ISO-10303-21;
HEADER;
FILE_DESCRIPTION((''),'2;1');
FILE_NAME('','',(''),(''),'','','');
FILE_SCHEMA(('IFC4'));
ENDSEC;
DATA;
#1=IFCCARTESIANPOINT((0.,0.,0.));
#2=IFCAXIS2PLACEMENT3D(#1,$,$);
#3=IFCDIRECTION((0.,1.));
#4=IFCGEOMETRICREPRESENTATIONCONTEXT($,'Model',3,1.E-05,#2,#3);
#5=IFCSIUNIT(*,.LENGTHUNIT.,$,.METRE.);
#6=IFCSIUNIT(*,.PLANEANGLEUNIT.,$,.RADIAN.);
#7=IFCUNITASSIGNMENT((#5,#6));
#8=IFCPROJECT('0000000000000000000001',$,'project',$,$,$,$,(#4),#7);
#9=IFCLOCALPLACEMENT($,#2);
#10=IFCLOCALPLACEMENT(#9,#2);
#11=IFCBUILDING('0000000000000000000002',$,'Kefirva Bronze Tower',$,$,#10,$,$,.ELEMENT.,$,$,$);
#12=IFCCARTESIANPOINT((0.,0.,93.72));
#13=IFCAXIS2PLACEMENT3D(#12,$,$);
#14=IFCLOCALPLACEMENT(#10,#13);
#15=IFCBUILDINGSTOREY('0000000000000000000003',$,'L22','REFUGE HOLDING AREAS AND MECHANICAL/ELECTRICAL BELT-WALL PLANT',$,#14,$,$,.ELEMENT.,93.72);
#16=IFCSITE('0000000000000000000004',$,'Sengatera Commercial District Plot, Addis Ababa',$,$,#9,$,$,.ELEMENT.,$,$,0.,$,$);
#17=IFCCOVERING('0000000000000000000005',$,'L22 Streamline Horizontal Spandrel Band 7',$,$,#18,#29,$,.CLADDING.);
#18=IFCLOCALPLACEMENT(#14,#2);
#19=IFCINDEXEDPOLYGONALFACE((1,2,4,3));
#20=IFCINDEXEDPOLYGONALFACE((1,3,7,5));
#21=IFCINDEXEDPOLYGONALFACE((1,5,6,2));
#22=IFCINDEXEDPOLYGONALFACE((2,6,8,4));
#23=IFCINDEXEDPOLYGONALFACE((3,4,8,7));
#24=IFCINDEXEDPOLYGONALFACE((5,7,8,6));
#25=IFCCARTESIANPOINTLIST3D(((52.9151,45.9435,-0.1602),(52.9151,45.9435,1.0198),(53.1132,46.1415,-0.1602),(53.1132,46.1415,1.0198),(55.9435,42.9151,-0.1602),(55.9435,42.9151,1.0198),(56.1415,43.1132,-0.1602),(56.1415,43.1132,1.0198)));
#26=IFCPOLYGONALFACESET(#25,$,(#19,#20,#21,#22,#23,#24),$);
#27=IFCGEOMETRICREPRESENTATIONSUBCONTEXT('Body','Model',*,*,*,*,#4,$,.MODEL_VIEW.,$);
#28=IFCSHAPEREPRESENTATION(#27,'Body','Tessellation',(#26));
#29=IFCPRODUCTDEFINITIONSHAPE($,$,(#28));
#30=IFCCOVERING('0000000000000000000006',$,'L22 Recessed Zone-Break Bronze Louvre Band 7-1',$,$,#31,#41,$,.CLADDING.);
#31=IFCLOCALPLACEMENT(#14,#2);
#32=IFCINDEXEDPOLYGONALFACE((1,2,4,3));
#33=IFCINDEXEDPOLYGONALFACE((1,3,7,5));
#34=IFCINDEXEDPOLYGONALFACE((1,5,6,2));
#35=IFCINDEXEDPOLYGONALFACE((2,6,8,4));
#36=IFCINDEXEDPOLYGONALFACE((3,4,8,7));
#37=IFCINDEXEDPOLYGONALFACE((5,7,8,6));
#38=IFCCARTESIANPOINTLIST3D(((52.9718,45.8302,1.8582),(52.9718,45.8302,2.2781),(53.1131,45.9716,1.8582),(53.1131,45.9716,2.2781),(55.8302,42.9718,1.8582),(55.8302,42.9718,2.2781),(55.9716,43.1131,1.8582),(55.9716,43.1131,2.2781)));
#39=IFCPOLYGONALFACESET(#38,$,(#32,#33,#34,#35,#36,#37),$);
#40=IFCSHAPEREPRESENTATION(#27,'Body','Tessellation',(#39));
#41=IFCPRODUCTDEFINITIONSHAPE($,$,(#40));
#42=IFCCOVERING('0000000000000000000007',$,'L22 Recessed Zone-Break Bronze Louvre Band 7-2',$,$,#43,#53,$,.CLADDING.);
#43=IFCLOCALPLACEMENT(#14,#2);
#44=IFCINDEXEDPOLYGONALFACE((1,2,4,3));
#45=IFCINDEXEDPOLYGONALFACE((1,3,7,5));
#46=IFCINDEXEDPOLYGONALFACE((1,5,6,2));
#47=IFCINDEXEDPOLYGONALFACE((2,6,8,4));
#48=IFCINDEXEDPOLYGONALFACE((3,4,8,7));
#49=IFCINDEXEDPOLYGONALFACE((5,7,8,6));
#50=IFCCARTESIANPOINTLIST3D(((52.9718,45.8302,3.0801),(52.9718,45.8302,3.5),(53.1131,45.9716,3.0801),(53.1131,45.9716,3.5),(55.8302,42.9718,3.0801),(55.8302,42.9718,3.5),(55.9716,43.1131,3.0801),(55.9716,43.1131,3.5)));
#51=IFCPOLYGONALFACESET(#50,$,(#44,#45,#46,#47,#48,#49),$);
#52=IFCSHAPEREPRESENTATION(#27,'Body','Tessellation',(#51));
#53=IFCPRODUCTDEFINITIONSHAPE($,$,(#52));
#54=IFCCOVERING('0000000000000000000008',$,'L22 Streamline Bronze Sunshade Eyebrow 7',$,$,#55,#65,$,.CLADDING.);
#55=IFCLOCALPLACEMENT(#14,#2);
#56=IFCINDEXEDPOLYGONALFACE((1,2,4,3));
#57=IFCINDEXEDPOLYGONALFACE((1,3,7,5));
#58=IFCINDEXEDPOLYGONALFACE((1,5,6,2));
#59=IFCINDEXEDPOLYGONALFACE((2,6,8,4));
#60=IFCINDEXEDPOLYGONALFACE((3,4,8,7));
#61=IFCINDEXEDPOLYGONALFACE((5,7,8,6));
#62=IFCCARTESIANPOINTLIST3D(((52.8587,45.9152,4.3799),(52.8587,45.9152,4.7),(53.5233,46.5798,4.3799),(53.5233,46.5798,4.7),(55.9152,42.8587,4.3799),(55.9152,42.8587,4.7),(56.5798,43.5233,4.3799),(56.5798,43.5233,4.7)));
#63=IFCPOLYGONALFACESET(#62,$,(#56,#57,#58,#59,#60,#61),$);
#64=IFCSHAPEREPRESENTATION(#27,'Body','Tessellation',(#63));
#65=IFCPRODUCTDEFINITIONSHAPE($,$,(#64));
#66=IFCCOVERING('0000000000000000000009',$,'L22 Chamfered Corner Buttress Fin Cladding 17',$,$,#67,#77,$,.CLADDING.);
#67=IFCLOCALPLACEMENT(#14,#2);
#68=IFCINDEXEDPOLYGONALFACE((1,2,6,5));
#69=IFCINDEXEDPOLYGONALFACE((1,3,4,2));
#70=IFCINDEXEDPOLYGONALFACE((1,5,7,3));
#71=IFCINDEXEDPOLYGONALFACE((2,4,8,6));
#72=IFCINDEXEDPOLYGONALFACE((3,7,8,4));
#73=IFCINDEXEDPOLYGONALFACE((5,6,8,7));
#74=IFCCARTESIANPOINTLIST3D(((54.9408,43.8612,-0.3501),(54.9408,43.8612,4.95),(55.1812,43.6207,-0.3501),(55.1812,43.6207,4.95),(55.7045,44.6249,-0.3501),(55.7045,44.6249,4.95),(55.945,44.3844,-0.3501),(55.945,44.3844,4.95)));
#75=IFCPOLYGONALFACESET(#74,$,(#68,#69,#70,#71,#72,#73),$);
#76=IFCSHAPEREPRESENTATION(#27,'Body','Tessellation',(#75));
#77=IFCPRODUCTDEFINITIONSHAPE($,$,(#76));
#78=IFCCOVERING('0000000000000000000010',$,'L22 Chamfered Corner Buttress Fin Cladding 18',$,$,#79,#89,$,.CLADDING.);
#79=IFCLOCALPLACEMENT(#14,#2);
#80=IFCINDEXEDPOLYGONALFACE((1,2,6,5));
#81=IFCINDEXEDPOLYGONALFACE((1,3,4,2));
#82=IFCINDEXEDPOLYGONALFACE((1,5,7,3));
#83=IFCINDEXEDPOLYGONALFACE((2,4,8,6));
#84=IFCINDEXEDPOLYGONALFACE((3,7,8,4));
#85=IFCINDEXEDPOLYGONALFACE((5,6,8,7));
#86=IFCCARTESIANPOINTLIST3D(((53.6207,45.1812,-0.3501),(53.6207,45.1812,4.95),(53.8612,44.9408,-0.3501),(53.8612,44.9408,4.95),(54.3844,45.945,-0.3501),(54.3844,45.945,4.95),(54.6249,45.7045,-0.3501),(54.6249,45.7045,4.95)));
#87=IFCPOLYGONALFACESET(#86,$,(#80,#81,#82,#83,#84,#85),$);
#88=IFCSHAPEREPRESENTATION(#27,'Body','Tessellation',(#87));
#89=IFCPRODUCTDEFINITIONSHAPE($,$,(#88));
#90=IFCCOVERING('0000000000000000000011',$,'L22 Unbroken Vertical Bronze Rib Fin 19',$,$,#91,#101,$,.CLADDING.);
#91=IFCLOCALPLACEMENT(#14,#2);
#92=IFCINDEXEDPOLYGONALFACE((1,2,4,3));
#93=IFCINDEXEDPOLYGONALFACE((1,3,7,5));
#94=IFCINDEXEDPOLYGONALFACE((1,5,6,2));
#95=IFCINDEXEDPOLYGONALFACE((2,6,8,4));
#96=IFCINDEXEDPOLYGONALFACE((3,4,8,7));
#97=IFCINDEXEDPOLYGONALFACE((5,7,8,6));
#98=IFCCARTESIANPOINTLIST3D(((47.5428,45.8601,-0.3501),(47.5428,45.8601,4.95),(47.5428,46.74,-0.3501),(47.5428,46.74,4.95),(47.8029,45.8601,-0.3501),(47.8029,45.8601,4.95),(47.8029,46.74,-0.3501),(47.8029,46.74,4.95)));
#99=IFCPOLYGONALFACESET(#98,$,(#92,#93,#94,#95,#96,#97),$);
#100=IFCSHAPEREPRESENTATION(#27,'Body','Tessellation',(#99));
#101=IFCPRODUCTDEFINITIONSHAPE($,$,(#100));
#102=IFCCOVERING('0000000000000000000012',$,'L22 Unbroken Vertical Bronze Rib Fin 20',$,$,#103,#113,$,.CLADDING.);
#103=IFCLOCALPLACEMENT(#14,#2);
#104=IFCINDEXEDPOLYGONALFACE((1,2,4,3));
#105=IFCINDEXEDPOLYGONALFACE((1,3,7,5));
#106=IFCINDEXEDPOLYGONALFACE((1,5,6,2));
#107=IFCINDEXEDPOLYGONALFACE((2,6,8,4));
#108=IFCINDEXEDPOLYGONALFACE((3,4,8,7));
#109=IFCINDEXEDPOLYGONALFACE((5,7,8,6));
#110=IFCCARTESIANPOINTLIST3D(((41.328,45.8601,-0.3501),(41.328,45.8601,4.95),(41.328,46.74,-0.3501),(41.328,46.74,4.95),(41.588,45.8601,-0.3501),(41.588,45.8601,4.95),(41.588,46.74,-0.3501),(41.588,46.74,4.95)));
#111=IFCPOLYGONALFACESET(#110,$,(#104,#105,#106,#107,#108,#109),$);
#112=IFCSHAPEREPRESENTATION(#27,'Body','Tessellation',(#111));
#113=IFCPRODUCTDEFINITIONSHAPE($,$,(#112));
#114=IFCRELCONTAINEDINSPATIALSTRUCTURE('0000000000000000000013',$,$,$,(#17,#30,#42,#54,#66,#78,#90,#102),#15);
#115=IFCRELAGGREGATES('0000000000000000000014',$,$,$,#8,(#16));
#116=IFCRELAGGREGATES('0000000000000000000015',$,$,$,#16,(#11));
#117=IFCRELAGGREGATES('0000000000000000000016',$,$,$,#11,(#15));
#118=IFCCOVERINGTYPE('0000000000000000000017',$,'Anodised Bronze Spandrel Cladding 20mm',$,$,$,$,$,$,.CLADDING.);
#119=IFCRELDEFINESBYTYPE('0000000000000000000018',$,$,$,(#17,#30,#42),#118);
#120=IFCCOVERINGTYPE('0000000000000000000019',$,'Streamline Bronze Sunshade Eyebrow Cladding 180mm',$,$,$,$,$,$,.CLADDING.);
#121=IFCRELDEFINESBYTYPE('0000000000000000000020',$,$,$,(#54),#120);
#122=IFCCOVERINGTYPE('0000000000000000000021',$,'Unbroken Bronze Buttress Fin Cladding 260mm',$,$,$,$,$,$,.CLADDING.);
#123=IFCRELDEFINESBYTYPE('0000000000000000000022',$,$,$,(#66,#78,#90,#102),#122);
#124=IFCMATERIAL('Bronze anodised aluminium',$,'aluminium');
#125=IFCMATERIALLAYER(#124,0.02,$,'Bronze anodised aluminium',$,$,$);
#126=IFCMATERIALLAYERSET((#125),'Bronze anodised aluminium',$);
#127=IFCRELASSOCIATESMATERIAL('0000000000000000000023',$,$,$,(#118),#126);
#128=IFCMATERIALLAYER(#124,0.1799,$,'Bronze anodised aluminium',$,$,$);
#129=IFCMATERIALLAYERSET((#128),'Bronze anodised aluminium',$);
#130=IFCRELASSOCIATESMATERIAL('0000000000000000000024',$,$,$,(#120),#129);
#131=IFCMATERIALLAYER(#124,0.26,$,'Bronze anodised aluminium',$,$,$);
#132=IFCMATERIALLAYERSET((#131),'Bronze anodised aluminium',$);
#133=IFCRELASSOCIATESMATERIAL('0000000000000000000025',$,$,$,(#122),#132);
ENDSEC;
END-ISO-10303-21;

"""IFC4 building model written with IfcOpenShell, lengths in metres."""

from ifc_helpers import new_model, si_unit, direction, frame, origin, origin_2d, place, context, subcontext, project, spatial, rectangle, extrude, material, layer, layer_set, type_object, element, save


model = new_model("IFC4")

# Units and contexts
model_context = context("Model", 3, precision=1e-05, world=origin(), true_north=direction((0.0, 1.0)))
body_context = subcontext(model_context, "Body", "Model", "MODEL_VIEW")
ifc_project = project(units=[si_unit("LENGTHUNIT", "METRE"), si_unit("PLANEANGLEUNIT", "RADIAN")], contexts=[model_context])

# Site, building, storey
site_placement = place(None, origin())
site = spatial("IfcSite", under=ifc_project, at=site_placement, Name="Sengatera Commercial District Plot, Addis Ababa", CompositionType="ELEMENT", RefElevation=0.0)
building_placement = place(site_placement, origin())
building = spatial("IfcBuilding", under=site, at=building_placement, Name="Kefirva Bronze Tower", CompositionType="ELEMENT")
storey_placement = place(building_placement, frame((0.0, 0.0, 93.72)))
storey = spatial("IfcBuildingStorey", under=building, at=storey_placement, Name="L22", Description="REFUGE HOLDING AREAS AND MECHANICAL/ELECTRICAL BELT-WALL PLANT", CompositionType="ELEMENT", Elevation=93.72)

# Shared definitions
ifc_material_1 = material(Name="Bronze anodised aluminium", Category="aluminium")

# Coverings
ifc_layer_1 = layer(ifc_material_1, 0.02, Name="Bronze anodised aluminium")
ifc_layer_set_1 = layer_set([ifc_layer_1], Name="Bronze anodised aluminium")
covering_type_1 = type_object("IfcCoveringType", Name="Anodised Bronze Spandrel Cladding 20mm", PredefinedType="CLADDING", material=ifc_layer_set_1)
covering_1_placement = place(storey_placement, frame((54.5283, 44.5283, -0.1602), z_axis=(0.0, 0.0, 1.0), x_axis=(-0.707107, 0.707107, 0.0)))
element("IfcCovering", 1, at=covering_1_placement, inside=storey, type_object=covering_type_1, Name="L22 Streamline Horizontal Spandrel Band 7", PredefinedType="CLADDING", context=body_context, shape_type="SweptSolid", body=[
    extrude(rectangle(XDim=4.2827, YDim=0.28, at=origin_2d()), origin(), (0.0, 0.0, 1.0), 1.1799),
])
for number, where, z_axis, x_axis, name in (
    (2, (54.4717, 44.4717, 1.8582), (0.0, 0.0, 1.0), (-0.707107, 0.707107, 0.0), "L22 Recessed Zone-Break Bronze Louvre Band 7-1"),
    (3, (54.4717, 44.4717, 3.0801), (0.0, 0.0, 1.0), (-0.707107, 0.707107, 0.0), "L22 Recessed Zone-Break Bronze Louvre Band 7-2"),
):
    element("IfcCovering", number, at=place(storey_placement, frame(where, z_axis=z_axis, x_axis=x_axis)), inside=storey, type_object=covering_type_1, Name=name, PredefinedType="CLADDING", context=body_context, shape_type="SweptSolid", body=[
        extrude(rectangle(XDim=4.0425, YDim=0.2, at=origin_2d()), origin(), (0.0, 0.0, 1.0), 0.4199),
    ])
ifc_layer_2 = layer(ifc_material_1, 0.1799, Name="Bronze anodised aluminium")
ifc_layer_set_2 = layer_set([ifc_layer_2], Name="Bronze anodised aluminium")
covering_type_2 = type_object("IfcCoveringType", Name="Streamline Bronze Sunshade Eyebrow Cladding 180mm", PredefinedType="CLADDING", material=ifc_layer_set_2)
covering_2_placement = place(storey_placement, frame((54.7192, 44.7192, 4.3799), z_axis=(0.0, 0.0, 1.0), x_axis=(-0.707107, 0.707107, 0.0)))
element("IfcCovering", 4, at=covering_2_placement, inside=storey, type_object=covering_type_2, Name="L22 Streamline Bronze Sunshade Eyebrow 7", PredefinedType="CLADDING", context=body_context, shape_type="SweptSolid", body=[
    extrude(rectangle(XDim=4.3225, YDim=0.9399, at=origin_2d()), origin(), (0.0, 0.0, 1.0), 0.3201),
])
ifc_layer_3 = layer(ifc_material_1, 0.26, Name="Bronze anodised aluminium")
ifc_layer_set_3 = layer_set([ifc_layer_3], Name="Bronze anodised aluminium")
covering_type_3 = type_object("IfcCoveringType", Name="Unbroken Bronze Buttress Fin Cladding 260mm", PredefinedType="CLADDING", material=ifc_layer_set_3)
for number, where, z_axis, x_axis, name in (
    (5, (55.4429, 44.1228, -0.3501), (0.0, 0.0, 1.0), (-0.707107, 0.707107, 0.0), "L22 Chamfered Corner Buttress Fin Cladding 17"),
    (6, (54.1228, 45.4429, -0.3501), (0.0, 0.0, 1.0), (-0.707107, 0.707107, 0.0), "L22 Chamfered Corner Buttress Fin Cladding 18"),
):
    element("IfcCovering", number, at=place(storey_placement, frame(where, z_axis=z_axis, x_axis=x_axis)), inside=storey, type_object=covering_type_3, Name=name, PredefinedType="CLADDING", context=body_context, shape_type="SweptSolid", body=[
        extrude(rectangle(XDim=0.3401, YDim=1.0801, at=origin_2d()), origin(), (0.0, 0.0, 1.0), 5.3),
    ])
for number, where, z_axis, x_axis, name in (
    (7, (47.6729, 46.3, -0.3501), (0.0, 0.0, 1.0), (-1.0, 0.0, 0.0), "L22 Unbroken Vertical Bronze Rib Fin 19"),
    (8, (41.458, 46.3, -0.3501), (0.0, 0.0, 1.0), (-1.0, 0.0, 0.0), "L22 Unbroken Vertical Bronze Rib Fin 20"),
):
    element("IfcCovering", number, at=place(storey_placement, frame(where, z_axis=z_axis, x_axis=x_axis)), inside=storey, type_object=covering_type_3, Name=name, PredefinedType="CLADDING", context=body_context, shape_type="SweptSolid", body=[
        extrude(rectangle(XDim=0.26, YDim=0.8799, at=origin_2d()), origin(), (0.0, 0.0, 1.0), 5.3),
    ])

save(model, "model.ifc")
